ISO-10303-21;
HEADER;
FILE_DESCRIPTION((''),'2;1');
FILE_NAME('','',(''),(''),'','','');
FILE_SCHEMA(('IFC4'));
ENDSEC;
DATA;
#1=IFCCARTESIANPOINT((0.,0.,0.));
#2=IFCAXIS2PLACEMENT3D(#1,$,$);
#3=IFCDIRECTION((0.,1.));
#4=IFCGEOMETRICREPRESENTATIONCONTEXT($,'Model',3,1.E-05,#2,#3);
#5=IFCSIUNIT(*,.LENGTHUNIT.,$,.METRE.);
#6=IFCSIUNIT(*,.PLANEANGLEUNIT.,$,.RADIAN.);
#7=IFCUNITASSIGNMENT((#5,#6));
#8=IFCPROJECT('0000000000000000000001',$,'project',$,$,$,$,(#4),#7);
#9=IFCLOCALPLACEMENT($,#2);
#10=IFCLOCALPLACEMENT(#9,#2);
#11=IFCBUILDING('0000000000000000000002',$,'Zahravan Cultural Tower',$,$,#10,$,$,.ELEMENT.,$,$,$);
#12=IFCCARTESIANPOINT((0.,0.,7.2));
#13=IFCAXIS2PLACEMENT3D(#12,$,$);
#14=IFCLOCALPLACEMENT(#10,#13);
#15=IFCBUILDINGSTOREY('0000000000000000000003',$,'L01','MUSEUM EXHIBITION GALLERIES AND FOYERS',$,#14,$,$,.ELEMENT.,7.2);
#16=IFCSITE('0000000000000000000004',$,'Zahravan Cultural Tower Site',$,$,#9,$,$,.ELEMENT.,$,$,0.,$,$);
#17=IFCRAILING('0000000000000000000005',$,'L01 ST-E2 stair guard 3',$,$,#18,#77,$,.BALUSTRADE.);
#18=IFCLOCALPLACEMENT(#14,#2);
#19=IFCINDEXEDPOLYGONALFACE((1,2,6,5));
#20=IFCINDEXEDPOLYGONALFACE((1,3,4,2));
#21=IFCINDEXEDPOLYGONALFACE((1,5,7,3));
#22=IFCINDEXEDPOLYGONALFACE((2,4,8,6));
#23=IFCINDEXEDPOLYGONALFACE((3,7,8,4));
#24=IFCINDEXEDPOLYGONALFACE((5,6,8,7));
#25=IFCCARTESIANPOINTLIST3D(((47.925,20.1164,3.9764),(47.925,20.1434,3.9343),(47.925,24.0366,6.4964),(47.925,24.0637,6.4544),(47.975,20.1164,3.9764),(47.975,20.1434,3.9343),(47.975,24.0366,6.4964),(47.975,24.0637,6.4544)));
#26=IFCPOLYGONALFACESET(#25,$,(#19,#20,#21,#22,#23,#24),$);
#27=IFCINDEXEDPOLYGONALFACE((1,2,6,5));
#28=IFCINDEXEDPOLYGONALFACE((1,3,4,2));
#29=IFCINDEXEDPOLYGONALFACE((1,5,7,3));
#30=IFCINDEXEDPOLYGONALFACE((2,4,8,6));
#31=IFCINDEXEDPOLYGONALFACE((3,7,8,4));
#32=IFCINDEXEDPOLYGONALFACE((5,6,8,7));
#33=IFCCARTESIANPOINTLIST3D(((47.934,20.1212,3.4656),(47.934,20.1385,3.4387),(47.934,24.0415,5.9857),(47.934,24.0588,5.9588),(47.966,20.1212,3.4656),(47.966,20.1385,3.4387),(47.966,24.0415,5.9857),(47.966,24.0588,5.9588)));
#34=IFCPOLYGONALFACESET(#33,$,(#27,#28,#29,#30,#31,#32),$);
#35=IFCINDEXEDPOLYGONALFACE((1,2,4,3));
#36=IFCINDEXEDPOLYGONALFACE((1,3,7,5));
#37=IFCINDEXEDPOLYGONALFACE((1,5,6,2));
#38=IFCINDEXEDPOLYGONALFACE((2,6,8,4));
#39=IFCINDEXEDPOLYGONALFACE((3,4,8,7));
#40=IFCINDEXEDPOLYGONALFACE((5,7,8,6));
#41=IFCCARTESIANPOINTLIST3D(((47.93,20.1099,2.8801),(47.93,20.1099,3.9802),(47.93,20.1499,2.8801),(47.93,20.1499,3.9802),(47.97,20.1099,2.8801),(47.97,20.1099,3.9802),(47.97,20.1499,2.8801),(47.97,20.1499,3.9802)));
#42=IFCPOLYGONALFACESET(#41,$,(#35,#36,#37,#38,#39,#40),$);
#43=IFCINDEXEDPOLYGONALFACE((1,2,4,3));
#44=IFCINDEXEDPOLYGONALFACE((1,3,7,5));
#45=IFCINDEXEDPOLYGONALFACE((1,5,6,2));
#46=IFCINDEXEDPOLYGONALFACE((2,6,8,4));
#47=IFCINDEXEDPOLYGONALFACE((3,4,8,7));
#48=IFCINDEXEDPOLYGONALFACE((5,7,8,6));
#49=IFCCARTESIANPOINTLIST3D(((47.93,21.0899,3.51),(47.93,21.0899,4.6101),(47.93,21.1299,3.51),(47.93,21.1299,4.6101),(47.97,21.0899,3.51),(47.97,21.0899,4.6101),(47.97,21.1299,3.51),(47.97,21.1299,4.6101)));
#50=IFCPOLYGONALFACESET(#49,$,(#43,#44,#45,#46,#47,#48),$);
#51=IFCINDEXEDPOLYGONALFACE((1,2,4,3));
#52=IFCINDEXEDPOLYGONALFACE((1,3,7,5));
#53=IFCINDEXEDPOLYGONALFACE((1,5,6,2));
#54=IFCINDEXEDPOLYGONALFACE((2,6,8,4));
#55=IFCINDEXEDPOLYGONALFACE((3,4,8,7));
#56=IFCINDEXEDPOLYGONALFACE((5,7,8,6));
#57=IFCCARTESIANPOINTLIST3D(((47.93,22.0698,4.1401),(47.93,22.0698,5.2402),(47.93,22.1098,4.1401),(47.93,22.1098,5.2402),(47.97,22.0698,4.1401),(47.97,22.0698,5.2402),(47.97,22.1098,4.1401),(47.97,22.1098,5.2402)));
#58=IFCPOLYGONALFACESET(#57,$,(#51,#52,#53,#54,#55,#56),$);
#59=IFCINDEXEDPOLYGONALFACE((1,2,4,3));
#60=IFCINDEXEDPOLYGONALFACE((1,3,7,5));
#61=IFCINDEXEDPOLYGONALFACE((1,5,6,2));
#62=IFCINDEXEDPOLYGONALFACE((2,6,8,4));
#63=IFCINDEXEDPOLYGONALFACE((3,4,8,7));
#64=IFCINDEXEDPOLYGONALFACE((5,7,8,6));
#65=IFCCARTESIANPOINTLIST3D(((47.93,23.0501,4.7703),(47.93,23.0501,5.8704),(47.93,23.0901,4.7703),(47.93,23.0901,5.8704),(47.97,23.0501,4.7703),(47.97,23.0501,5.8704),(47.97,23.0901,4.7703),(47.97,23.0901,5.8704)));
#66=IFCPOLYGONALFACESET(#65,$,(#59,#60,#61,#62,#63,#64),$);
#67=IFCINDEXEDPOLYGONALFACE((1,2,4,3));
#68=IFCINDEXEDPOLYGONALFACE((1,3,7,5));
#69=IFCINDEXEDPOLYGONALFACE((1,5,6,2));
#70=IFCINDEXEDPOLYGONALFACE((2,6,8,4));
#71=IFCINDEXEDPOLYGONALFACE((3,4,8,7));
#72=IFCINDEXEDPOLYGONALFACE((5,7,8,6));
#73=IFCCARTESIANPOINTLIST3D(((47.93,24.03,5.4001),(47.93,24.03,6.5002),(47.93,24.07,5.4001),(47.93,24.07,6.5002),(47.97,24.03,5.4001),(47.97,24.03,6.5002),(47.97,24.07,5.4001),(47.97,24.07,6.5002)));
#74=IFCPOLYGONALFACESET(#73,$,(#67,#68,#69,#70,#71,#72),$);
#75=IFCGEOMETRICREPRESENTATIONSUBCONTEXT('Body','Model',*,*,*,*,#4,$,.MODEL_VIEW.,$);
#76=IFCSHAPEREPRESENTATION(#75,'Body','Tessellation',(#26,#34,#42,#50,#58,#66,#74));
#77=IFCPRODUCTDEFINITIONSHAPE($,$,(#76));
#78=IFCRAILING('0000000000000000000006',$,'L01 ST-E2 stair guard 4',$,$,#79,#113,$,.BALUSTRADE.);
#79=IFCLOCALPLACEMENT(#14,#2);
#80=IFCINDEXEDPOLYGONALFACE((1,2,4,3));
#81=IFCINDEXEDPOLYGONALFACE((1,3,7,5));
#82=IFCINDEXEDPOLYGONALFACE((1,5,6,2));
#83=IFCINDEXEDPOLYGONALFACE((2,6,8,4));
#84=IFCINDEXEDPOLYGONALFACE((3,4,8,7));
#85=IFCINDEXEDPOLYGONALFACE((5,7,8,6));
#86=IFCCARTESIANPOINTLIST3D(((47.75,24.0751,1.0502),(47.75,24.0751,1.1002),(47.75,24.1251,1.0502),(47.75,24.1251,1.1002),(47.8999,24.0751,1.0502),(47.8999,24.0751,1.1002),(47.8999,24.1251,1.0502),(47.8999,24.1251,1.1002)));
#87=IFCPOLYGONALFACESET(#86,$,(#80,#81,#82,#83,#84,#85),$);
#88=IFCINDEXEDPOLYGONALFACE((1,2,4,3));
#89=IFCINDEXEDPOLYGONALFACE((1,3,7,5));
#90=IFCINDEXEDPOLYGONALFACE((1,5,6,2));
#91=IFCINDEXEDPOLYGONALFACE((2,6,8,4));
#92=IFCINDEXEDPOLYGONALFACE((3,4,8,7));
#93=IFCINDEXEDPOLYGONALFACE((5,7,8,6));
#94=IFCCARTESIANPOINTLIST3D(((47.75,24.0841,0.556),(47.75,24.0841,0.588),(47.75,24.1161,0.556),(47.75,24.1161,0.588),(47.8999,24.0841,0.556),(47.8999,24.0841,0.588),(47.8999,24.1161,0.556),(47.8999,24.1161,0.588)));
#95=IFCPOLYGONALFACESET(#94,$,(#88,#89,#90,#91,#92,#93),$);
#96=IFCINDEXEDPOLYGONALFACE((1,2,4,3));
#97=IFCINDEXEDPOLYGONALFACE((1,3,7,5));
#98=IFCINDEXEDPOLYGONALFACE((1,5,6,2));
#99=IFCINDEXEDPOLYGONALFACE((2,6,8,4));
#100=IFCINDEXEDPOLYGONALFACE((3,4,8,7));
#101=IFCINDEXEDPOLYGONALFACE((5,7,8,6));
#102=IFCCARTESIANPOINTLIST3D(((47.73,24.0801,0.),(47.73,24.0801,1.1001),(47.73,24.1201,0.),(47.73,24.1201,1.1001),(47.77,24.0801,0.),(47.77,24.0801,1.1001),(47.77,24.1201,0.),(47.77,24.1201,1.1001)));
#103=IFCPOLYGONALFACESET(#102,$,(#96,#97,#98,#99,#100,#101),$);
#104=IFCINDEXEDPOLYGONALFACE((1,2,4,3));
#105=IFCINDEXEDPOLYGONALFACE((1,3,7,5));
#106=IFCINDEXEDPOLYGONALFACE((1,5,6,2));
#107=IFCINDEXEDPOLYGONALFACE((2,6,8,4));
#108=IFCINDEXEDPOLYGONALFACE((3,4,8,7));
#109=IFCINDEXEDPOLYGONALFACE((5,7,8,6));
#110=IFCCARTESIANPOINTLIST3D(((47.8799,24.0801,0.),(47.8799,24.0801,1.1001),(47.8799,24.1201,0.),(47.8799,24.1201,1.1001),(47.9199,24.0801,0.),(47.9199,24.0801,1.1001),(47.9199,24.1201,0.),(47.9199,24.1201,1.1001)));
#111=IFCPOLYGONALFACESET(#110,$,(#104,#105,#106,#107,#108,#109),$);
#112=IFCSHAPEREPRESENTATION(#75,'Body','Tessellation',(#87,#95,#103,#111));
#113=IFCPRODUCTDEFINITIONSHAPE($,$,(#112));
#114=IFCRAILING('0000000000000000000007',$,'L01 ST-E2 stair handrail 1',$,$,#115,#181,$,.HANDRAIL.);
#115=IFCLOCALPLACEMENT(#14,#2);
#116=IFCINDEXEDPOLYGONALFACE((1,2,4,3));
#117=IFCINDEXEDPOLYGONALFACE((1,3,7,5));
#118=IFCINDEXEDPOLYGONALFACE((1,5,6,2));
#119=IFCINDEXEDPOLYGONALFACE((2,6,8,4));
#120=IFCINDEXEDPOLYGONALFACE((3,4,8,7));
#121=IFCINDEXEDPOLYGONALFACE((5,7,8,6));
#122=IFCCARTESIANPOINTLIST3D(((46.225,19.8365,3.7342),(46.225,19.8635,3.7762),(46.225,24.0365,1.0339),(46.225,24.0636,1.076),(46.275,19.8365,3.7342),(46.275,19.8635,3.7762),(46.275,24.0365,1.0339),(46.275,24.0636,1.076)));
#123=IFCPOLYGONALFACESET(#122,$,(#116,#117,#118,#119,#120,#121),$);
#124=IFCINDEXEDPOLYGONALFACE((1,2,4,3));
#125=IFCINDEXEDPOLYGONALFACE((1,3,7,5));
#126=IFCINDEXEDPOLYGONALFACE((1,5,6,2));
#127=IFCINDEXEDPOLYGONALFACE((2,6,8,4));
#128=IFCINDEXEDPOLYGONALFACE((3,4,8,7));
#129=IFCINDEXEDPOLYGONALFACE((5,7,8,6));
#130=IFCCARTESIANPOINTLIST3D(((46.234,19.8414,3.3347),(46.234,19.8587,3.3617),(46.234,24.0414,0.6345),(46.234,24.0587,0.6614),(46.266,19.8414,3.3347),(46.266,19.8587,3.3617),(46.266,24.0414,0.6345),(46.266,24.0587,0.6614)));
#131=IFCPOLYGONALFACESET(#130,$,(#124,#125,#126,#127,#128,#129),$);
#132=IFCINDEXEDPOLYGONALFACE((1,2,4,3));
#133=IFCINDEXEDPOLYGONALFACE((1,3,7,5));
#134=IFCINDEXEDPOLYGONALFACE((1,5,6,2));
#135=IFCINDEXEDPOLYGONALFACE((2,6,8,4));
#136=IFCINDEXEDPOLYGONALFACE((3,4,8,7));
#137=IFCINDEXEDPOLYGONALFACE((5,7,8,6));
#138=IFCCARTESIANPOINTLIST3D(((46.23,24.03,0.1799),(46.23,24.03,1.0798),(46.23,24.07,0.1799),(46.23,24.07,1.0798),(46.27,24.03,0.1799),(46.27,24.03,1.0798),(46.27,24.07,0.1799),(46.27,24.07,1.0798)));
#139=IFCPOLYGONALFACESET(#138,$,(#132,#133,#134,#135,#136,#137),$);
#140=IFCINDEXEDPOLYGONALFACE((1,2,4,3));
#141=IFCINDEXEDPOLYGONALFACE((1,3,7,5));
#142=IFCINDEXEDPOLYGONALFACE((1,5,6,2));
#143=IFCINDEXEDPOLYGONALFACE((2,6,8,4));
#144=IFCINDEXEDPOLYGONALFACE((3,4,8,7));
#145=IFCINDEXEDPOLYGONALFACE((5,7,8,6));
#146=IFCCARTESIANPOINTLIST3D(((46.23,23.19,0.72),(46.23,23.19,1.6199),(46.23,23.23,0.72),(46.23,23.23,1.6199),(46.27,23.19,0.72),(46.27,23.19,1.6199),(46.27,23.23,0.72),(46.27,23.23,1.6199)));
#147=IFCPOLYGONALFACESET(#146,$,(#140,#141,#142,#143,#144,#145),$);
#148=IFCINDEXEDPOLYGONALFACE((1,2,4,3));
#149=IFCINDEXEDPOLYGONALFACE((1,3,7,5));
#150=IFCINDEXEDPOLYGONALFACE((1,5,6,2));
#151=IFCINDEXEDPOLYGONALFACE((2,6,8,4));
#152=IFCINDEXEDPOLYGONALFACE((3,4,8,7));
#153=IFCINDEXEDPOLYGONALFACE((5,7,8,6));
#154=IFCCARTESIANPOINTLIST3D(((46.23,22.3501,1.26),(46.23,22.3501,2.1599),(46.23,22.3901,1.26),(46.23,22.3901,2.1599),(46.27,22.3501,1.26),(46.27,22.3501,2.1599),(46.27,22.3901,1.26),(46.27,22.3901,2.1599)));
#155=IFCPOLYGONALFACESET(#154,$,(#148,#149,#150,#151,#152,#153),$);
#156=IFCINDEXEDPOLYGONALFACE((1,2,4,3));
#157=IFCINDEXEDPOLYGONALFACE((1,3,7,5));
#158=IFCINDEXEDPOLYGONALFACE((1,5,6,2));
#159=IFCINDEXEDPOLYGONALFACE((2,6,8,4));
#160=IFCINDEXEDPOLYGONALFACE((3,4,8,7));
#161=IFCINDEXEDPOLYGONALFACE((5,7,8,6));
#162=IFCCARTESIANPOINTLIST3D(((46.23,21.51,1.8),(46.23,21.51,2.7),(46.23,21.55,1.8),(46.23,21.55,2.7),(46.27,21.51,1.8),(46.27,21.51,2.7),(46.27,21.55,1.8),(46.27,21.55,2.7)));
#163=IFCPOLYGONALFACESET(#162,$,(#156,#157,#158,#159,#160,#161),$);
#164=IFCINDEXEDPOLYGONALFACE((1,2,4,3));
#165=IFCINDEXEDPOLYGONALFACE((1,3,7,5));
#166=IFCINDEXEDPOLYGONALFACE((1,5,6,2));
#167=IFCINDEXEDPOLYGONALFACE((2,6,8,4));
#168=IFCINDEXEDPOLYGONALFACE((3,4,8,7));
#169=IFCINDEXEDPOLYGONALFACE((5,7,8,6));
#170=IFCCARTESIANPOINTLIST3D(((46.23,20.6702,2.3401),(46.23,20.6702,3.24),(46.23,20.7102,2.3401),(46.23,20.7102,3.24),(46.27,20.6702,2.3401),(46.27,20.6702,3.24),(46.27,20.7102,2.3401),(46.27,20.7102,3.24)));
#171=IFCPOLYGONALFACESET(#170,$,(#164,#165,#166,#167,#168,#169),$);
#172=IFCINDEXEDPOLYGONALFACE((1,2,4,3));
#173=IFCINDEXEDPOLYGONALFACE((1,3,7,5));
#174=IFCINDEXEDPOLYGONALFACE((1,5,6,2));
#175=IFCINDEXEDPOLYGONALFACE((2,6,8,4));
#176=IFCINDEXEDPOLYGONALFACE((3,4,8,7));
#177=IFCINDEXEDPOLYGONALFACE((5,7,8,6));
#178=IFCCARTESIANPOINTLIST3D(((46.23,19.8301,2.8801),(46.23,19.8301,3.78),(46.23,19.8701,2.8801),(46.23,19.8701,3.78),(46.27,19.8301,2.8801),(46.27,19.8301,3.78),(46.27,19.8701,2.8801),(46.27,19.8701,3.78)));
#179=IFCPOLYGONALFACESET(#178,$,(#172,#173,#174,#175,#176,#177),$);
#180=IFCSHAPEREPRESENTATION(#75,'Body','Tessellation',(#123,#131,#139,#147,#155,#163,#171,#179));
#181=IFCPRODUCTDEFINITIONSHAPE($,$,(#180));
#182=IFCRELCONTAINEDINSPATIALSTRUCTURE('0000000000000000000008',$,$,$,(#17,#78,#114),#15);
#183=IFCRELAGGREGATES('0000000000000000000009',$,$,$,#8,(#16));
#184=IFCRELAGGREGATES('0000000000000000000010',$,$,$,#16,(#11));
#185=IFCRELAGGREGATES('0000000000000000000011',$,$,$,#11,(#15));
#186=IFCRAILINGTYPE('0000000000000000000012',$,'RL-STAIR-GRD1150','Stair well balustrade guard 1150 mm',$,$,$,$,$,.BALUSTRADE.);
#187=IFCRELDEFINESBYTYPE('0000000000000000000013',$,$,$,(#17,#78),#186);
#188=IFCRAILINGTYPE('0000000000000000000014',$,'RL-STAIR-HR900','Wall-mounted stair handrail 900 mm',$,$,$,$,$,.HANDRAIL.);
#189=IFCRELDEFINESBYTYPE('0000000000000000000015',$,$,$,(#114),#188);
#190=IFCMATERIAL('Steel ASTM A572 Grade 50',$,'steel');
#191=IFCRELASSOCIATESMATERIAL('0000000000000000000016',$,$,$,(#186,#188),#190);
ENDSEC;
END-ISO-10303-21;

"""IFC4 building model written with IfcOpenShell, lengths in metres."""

from ifc_helpers import new_model, si_unit, direction, frame, origin, origin_2d, place, context, subcontext, project, spatial, rectangle, extrude, material, type_object, element, save


model = new_model("IFC4")

# Units and contexts
model_context = context("Model", 3, precision=1e-05, world=origin(), true_north=direction((0.0, 1.0)))
body_context = subcontext(model_context, "Body", "Model", "MODEL_VIEW")
ifc_project = project(units=[si_unit("LENGTHUNIT", "METRE"), si_unit("PLANEANGLEUNIT", "RADIAN")], contexts=[model_context])

# Site, building, storey
site_placement = place(None, origin())
site = spatial("IfcSite", under=ifc_project, at=site_placement, Name="Zahravan Cultural Tower Site", CompositionType="ELEMENT", RefElevation=0.0)
building_placement = place(site_placement, origin())
building = spatial("IfcBuilding", under=site, at=building_placement, Name="Zahravan Cultural Tower", CompositionType="ELEMENT")
storey_placement = place(building_placement, frame((0.0, 0.0, 7.2)))
storey = spatial("IfcBuildingStorey", under=building, at=storey_placement, Name="L01", Description="MUSEUM EXHIBITION GALLERIES AND FOYERS", CompositionType="ELEMENT", Elevation=7.2)

# Shared definitions
ifc_material_1 = material(Name="Steel ASTM A572 Grade 50", Category="steel")

# Railings
railing_type_1 = type_object("IfcRailingType", Name="RL-STAIR-GRD1150", Description="Stair well balustrade guard 1150 mm", PredefinedType="BALUSTRADE", material=ifc_material_1)
railing_1_placement = place(storey_placement, frame((47.95, 20.1299, 2.8801)))
element("IfcRailing", 1, at=railing_1_placement, inside=storey, type_object=railing_type_1, Name="L01 ST-E2 stair guard 3", PredefinedType="BALUSTRADE", context=body_context, shape_type="SweptSolid", body=[
    extrude(rectangle(XDim=0.05, YDim=0.05, at=origin_2d()), frame((0.0, 0.0, 1.0752), z_axis=(0.0, 0.841187, 0.540744), x_axis=(-1.0, 0.0, 0.0)), (0.0, 0.0, 1.0), 4.6604),
    extrude(rectangle(XDim=0.032, YDim=0.032, at=origin_2d()), frame((0.0, 0.0, 0.572), z_axis=(0.0, 0.841187, 0.540744), x_axis=(-1.0, 0.0, 0.0)), (0.0, 0.0, 1.0), 4.6604),
    extrude(rectangle(XDim=0.04, YDim=0.04, at=origin_2d()), origin(), (0.0, 0.0, 1.0), 1.1001),
    extrude(rectangle(XDim=0.04, YDim=0.04, at=origin_2d()), frame((0.0, 0.98, 0.6299)), (0.0, 0.0, 1.0), 1.1001),
    extrude(rectangle(XDim=0.04, YDim=0.04, at=origin_2d()), frame((0.0, 1.96, 1.26)), (0.0, 0.0, 1.0), 1.1001),
    extrude(rectangle(XDim=0.04, YDim=0.04, at=origin_2d()), frame((0.0, 2.9402, 1.8901)), (0.0, 0.0, 1.0), 1.1001),
    extrude(rectangle(XDim=0.04, YDim=0.04, at=origin_2d()), frame((0.0, 3.9202, 2.52)), (0.0, 0.0, 1.0), 1.1001),
])
railing_2_placement = place(storey_placement, frame((47.75, 24.1001, 0.0)))
element("IfcRailing", 2, at=railing_2_placement, inside=storey, type_object=railing_type_1, Name="L01 ST-E2 stair guard 4", PredefinedType="BALUSTRADE", context=body_context, shape_type="SweptSolid", body=[
    extrude(rectangle(XDim=0.05, YDim=0.05, at=origin_2d()), frame((0.0, 0.0, 1.0752), z_axis=(1.0, 0.0, 0.0), x_axis=(0.0, 1.0, 0.0)), (0.0, 0.0, 1.0), 0.1499),
    extrude(rectangle(XDim=0.032, YDim=0.032, at=origin_2d()), frame((0.0, 0.0, 0.572), z_axis=(1.0, 0.0, 0.0), x_axis=(0.0, 1.0, 0.0)), (0.0, 0.0, 1.0), 0.1499),
    extrude(rectangle(XDim=0.04, YDim=0.04, at=origin_2d()), origin(), (0.0, 0.0, 1.0), 1.1001),
    extrude(rectangle(XDim=0.04, YDim=0.04, at=origin_2d()), frame((0.1499, 0.0, 0.0)), (0.0, 0.0, 1.0), 1.1001),
])
railing_type_2 = type_object("IfcRailingType", Name="RL-STAIR-HR900", Description="Wall-mounted stair handrail 900 mm", PredefinedType="HANDRAIL", material=ifc_material_1)
railing_3_placement = place(storey_placement, frame((46.25, 24.05, 0.1799)))
element("IfcRailing", 3, at=railing_3_placement, inside=storey, type_object=railing_type_2, Name="L01 ST-E2 stair handrail 1", PredefinedType="HANDRAIL", context=body_context, shape_type="SweptSolid", body=[
    extrude(rectangle(XDim=0.05, YDim=0.05, at=origin_2d()), frame((0.0, 0.0, 0.875), z_axis=(0.0, -0.841158, 0.54079), x_axis=(1.0, 0.0, 0.0)), (0.0, 0.0, 1.0), 4.9932),
    extrude(rectangle(XDim=0.032, YDim=0.032, at=origin_2d()), frame((0.0, 0.0, 0.468), z_axis=(0.0, -0.841158, 0.54079), x_axis=(1.0, 0.0, 0.0)), (0.0, 0.0, 1.0), 4.9932),
    extrude(rectangle(XDim=0.04, YDim=0.04, at=origin_2d()), origin(), (0.0, 0.0, 1.0), 0.8999),
    extrude(rectangle(XDim=0.04, YDim=0.04, at=origin_2d()), frame((0.0, -0.8401, 0.54)), (0.0, 0.0, 1.0), 0.8999),
    extrude(rectangle(XDim=0.04, YDim=0.04, at=origin_2d()), frame((0.0, -1.6799, 1.0801)), (0.0, 0.0, 1.0), 0.8999),
    extrude(rectangle(XDim=0.04, YDim=0.04, at=origin_2d()), frame((0.0, -2.52, 1.6201)), (0.0, 0.0, 1.0), 0.8999),
    extrude(rectangle(XDim=0.04, YDim=0.04, at=origin_2d()), frame((0.0, -3.3599, 2.1602)), (0.0, 0.0, 1.0), 0.8999),
    extrude(rectangle(XDim=0.04, YDim=0.04, at=origin_2d()), frame((0.0, -4.2, 2.7002)), (0.0, 0.0, 1.0), 0.8999),
])

save(model, "model.ifc")
